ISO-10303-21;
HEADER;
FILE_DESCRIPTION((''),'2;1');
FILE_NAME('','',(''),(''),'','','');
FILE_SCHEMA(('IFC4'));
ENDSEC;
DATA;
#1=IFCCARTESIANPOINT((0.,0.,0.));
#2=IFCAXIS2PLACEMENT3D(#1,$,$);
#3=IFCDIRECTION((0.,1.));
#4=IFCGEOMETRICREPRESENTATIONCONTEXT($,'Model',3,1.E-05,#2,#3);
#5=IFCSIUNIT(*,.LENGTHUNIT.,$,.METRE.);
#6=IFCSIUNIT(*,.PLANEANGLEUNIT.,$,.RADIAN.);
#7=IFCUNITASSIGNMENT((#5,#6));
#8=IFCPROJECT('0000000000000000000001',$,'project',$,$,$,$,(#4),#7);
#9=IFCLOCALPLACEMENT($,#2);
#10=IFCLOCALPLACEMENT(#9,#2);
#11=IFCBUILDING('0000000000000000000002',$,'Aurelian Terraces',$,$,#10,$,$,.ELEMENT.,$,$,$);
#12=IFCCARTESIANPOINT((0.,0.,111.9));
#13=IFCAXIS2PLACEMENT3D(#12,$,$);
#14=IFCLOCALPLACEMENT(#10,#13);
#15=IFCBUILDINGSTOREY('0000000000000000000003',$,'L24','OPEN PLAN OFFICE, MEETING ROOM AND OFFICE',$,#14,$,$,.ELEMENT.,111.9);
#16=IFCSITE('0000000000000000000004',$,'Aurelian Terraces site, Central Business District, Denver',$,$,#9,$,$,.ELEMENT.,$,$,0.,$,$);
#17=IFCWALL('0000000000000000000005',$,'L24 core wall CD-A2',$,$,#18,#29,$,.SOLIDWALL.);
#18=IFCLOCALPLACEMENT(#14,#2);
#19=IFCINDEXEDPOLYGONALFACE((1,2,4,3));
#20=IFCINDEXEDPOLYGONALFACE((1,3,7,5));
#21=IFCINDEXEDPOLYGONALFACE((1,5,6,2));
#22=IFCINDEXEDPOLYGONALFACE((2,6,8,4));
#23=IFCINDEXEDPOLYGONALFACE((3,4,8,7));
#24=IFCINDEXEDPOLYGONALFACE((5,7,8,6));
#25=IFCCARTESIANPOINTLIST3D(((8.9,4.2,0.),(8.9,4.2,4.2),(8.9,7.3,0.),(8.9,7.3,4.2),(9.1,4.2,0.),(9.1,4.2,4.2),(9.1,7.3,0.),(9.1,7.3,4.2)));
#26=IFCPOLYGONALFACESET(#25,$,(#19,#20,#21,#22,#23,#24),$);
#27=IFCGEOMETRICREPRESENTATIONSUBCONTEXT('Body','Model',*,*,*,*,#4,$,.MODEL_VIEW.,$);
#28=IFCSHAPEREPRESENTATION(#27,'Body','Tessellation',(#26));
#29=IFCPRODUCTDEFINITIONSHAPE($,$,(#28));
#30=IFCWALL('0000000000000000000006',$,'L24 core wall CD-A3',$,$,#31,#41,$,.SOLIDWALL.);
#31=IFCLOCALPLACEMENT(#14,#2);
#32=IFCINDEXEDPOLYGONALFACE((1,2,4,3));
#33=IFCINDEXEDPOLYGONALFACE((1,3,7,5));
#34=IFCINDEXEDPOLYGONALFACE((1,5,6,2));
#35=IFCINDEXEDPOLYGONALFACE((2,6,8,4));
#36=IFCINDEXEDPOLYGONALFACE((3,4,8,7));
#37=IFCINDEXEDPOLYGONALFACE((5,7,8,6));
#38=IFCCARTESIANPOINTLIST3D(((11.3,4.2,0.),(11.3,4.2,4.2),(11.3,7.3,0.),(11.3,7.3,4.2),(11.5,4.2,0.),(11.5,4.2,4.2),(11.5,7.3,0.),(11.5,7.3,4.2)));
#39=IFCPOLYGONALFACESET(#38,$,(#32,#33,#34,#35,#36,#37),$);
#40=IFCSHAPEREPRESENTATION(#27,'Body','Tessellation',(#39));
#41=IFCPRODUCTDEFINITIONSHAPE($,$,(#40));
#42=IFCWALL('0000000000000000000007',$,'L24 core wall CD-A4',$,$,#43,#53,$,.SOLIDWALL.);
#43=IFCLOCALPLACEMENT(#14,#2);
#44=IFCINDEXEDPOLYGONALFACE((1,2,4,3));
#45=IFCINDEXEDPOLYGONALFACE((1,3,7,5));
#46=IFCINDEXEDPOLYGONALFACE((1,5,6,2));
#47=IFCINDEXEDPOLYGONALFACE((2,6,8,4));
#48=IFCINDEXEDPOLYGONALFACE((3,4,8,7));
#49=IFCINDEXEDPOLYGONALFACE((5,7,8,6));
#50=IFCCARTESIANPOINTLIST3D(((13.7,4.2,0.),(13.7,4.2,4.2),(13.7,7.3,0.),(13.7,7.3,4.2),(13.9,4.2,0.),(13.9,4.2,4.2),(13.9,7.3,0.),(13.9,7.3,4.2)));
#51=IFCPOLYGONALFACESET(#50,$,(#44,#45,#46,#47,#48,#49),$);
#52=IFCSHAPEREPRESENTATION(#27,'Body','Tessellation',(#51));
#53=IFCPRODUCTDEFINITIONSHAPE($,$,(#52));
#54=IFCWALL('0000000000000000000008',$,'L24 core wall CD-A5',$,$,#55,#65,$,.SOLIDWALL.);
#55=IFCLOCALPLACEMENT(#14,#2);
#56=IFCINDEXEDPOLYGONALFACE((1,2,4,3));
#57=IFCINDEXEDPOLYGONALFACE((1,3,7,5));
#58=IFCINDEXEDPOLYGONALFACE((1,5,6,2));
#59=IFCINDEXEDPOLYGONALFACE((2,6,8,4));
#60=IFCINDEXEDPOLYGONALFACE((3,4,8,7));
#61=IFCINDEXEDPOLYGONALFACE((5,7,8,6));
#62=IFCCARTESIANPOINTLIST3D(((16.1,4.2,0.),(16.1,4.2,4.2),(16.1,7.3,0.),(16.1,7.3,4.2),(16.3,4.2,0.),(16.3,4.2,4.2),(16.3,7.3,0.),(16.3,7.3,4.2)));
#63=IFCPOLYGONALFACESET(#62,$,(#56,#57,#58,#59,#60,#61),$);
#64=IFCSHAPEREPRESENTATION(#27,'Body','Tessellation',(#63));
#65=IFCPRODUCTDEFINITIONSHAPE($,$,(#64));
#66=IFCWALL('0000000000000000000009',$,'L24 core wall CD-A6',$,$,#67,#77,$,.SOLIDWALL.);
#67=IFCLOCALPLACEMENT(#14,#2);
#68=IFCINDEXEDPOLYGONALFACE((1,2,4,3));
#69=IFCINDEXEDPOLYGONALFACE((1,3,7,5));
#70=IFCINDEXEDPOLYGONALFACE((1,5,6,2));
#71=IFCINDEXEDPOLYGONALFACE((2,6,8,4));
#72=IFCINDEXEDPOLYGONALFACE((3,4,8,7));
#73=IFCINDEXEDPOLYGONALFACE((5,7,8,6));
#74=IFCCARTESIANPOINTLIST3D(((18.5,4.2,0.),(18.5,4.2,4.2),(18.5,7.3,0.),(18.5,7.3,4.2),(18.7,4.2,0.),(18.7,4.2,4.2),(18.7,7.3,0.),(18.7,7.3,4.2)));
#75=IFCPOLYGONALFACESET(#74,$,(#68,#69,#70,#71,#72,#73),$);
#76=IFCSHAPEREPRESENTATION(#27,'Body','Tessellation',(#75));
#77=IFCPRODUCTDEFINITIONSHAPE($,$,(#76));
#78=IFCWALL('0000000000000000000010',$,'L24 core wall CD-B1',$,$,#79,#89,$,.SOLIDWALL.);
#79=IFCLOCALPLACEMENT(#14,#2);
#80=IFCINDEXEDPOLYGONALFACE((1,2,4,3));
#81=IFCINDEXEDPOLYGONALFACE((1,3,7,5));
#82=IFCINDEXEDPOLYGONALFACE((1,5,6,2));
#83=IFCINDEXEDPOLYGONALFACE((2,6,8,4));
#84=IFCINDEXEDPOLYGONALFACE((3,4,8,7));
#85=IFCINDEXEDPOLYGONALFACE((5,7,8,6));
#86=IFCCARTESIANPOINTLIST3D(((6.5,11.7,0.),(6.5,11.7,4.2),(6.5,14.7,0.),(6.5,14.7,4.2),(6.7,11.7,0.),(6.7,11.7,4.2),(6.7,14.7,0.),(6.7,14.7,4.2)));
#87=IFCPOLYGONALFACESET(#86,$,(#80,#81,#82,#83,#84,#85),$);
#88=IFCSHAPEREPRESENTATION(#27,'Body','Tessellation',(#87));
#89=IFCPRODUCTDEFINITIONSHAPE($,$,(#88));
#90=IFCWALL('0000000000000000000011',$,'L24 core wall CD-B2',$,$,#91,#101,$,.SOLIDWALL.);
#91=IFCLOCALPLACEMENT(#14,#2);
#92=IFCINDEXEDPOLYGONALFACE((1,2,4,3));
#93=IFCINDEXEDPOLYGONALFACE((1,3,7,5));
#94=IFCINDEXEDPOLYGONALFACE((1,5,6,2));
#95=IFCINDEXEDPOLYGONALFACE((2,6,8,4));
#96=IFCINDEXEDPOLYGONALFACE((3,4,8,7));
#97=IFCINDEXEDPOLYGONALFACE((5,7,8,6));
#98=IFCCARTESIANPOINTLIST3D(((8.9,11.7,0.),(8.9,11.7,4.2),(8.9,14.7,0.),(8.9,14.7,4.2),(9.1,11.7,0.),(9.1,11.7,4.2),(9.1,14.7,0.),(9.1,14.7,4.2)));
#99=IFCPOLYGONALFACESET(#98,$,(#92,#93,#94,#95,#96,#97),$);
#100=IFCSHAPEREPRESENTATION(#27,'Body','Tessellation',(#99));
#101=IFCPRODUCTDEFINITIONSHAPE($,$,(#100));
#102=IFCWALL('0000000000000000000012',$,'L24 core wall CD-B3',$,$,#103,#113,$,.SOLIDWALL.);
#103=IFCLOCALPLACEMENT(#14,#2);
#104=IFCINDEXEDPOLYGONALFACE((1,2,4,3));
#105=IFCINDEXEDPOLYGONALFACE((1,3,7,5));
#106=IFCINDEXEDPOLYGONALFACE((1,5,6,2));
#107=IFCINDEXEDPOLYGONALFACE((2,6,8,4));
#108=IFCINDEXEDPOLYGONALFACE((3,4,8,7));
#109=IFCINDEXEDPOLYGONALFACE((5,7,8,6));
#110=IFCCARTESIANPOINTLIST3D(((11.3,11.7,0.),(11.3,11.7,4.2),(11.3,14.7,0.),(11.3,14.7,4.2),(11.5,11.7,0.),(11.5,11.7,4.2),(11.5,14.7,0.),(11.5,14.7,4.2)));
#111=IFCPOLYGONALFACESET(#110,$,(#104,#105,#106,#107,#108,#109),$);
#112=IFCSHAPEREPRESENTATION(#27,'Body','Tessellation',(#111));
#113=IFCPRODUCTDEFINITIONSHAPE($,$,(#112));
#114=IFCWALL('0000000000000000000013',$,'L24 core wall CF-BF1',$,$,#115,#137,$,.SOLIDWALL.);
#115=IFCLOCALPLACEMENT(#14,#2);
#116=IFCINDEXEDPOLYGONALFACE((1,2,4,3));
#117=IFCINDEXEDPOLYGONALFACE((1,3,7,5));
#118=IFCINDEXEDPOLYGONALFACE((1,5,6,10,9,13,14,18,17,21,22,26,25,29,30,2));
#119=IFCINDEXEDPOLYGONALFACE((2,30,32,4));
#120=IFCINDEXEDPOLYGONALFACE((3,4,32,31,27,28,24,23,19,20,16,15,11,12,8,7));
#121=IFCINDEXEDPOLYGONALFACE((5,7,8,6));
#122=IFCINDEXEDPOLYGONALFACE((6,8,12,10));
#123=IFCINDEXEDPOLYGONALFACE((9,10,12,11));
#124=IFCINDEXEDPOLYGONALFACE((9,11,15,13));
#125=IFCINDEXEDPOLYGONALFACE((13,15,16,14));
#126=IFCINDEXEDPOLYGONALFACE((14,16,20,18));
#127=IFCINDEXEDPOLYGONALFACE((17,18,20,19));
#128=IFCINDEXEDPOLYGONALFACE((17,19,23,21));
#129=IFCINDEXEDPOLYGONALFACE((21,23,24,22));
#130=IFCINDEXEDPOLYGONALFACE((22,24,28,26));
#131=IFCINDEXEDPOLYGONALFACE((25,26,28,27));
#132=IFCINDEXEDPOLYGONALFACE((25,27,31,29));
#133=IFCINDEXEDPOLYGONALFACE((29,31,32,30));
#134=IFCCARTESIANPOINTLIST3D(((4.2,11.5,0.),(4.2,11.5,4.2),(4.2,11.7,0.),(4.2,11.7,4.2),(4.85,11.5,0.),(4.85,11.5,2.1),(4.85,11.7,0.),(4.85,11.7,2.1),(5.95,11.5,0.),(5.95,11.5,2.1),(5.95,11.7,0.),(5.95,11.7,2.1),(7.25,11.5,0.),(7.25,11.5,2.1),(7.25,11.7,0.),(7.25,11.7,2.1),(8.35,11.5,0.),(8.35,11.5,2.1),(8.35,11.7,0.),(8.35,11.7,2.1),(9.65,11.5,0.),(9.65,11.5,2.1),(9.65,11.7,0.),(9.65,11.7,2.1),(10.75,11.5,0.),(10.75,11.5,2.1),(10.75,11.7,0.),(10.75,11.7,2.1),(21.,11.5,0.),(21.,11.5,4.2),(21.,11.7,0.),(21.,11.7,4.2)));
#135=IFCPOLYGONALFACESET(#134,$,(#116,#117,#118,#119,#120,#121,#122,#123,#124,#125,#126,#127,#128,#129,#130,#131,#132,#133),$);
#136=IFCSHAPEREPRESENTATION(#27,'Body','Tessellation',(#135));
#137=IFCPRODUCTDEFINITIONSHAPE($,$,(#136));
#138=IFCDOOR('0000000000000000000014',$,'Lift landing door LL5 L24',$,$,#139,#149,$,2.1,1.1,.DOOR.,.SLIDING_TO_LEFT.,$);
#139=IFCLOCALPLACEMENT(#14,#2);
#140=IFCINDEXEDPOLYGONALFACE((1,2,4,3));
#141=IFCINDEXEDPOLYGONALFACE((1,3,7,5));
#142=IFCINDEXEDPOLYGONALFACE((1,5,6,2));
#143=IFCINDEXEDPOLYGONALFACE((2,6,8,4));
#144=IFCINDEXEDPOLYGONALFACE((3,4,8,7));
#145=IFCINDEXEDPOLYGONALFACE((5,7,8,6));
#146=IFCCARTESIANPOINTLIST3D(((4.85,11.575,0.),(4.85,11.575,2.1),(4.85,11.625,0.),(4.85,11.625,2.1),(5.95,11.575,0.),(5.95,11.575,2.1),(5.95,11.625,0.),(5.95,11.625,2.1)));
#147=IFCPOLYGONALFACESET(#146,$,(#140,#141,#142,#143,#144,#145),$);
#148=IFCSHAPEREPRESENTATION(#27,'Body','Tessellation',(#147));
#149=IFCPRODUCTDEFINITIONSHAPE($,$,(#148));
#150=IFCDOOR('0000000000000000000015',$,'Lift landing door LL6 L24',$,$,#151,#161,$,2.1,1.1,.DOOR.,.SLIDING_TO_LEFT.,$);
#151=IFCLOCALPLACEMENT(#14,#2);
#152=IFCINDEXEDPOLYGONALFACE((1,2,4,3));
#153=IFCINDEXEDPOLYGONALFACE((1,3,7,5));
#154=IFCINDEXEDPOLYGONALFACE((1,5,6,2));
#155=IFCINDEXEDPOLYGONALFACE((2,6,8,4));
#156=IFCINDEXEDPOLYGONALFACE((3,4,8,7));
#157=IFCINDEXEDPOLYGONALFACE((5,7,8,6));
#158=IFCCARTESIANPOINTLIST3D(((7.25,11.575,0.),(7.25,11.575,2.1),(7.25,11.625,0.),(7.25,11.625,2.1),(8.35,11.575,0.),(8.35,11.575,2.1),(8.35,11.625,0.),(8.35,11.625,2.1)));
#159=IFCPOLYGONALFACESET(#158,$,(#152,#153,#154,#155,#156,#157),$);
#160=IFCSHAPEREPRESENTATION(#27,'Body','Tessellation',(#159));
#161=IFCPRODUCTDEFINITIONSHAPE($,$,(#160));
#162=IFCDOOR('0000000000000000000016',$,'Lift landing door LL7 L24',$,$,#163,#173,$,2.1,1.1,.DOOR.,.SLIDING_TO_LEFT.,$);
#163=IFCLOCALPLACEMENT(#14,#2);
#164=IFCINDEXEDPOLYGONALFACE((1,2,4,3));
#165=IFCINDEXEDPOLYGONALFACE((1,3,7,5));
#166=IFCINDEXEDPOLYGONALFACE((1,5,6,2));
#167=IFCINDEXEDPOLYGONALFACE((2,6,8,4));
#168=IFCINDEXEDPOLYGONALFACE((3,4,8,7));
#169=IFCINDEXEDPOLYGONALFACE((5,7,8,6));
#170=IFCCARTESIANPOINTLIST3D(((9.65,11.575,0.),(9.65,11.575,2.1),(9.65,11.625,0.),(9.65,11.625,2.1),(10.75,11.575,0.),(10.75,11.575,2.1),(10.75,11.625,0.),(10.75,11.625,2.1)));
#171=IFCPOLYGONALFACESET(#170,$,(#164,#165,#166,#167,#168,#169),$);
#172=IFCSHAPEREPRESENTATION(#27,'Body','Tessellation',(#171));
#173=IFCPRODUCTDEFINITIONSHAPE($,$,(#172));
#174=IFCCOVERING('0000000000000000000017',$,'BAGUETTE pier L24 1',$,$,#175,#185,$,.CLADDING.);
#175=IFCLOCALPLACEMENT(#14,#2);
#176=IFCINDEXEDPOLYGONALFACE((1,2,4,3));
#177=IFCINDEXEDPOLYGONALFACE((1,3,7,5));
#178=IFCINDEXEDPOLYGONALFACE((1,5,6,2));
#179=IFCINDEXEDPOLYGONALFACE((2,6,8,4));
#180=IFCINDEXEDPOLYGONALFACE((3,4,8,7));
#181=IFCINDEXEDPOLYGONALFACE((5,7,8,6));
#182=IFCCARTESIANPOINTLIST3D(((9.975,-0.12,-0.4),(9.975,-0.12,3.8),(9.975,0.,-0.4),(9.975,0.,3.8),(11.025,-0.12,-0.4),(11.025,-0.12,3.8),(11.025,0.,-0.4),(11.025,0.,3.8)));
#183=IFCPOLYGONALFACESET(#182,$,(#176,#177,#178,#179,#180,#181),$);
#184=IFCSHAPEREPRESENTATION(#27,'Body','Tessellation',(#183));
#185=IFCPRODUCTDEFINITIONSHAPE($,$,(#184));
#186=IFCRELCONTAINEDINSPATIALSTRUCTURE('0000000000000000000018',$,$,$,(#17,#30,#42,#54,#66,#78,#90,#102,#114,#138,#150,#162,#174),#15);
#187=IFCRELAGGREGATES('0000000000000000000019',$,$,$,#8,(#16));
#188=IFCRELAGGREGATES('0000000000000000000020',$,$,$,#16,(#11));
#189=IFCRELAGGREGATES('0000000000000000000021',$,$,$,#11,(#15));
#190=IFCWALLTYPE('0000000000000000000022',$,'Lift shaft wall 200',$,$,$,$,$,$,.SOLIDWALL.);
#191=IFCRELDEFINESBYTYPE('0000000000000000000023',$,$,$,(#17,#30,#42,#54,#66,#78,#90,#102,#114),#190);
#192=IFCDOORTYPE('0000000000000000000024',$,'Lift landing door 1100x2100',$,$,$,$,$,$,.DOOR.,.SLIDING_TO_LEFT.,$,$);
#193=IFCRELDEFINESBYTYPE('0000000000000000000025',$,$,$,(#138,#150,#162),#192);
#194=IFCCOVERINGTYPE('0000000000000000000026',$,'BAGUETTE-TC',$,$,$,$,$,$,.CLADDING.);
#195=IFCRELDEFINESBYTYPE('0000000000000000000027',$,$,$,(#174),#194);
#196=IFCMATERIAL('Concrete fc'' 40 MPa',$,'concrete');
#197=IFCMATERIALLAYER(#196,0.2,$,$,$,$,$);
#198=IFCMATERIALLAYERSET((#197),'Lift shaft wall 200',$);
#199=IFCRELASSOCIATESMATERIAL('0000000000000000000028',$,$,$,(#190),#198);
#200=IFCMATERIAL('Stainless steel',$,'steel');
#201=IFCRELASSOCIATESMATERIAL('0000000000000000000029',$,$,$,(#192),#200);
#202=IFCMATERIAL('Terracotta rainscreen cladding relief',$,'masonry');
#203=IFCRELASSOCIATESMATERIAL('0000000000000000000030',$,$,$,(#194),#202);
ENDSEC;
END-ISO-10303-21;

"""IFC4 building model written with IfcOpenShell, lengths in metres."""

from ifc_helpers import new_model, si_unit, direction, frame, frame_2d, origin, origin_2d, place, context, subcontext, project, spatial, rectangle, extrude, source, transform, mapped, material, layer, layer_set, type_object, element, fill, save


model = new_model("IFC4")

# Units and contexts
model_context = context("Model", 3, precision=1e-05, world=origin(), true_north=direction((0.0, 1.0)))
body_context = subcontext(model_context, "Body", "Model", "MODEL_VIEW")
ifc_project = project(units=[si_unit("LENGTHUNIT", "METRE"), si_unit("PLANEANGLEUNIT", "RADIAN")], contexts=[model_context])

# Site, building, storey
site_placement = place(None, origin())
site = spatial("IfcSite", under=ifc_project, at=site_placement, Name="Aurelian Terraces site, Central Business District, Denver", CompositionType="ELEMENT", RefElevation=0.0)
building_placement = place(site_placement, origin())
building = spatial("IfcBuilding", under=site, at=building_placement, Name="Aurelian Terraces", CompositionType="ELEMENT")
storey_placement = place(building_placement, frame((0.0, 0.0, 111.9)))
storey = spatial("IfcBuildingStorey", under=building, at=storey_placement, Name="L24", Description="OPEN PLAN OFFICE, MEETING ROOM AND OFFICE", CompositionType="ELEMENT", Elevation=111.9)

# Walls
ifc_material_1 = material(Name="Concrete fc' 40 MPa", Category="concrete")
ifc_layer_1 = layer(ifc_material_1, 0.2)
ifc_layer_set_1 = layer_set([ifc_layer_1], Name="Lift shaft wall 200")
wall_type_1 = type_object("IfcWallType", Name="Lift shaft wall 200", PredefinedType="SOLIDWALL", material=ifc_layer_set_1)
shared_shape_1 = source(origin(), body_context, "Body", "SweptSolid", [
    extrude(rectangle(XDim=3.1, YDim=0.2, at=frame_2d((1.55, 0.0))), origin(), (0.0, 0.0, 1.0), 4.2),
])
for number, where, z_axis, x_axis, name in (
    (1, (9.0, 4.2, 0.0), (0.0, 0.0, 1.0), (0.0, 1.0, 0.0), "L24 core wall CD-A2"),
    (2, (11.4, 4.2, 0.0), (0.0, 0.0, 1.0), (0.0, 1.0, 0.0), "L24 core wall CD-A3"),
    (3, (13.8, 4.2, 0.0), (0.0, 0.0, 1.0), (0.0, 1.0, 0.0), "L24 core wall CD-A4"),
    (4, (16.2, 4.2, 0.0), (0.0, 0.0, 1.0), (0.0, 1.0, 0.0), "L24 core wall CD-A5"),
    (5, (18.6, 4.2, 0.0), (0.0, 0.0, 1.0), (0.0, 1.0, 0.0), "L24 core wall CD-A6"),
):
    element("IfcWall", number, at=place(storey_placement, frame(where, z_axis=z_axis, x_axis=x_axis)), inside=storey, type_object=wall_type_1, Name=name, PredefinedType="SOLIDWALL", context=body_context, shape_type="MappedRepresentation", body=[
        mapped(shared_shape_1, transform((0.0, 0.0, 0.0), scale=1.0)),
    ])
shared_shape_2 = source(origin(), body_context, "Body", "SweptSolid", [
    extrude(rectangle(XDim=3.0, YDim=0.2, at=frame_2d((1.5, 0.0))), origin(), (0.0, 0.0, 1.0), 4.2),
])
for number, where, z_axis, x_axis, name in (
    (6, (6.6, 11.7, 0.0), (0.0, 0.0, 1.0), (0.0, 1.0, 0.0), "L24 core wall CD-B1"),
    (7, (9.0, 11.7, 0.0), (0.0, 0.0, 1.0), (0.0, 1.0, 0.0), "L24 core wall CD-B2"),
    (8, (11.4, 11.7, 0.0), (0.0, 0.0, 1.0), (0.0, 1.0, 0.0), "L24 core wall CD-B3"),
):
    element("IfcWall", number, at=place(storey_placement, frame(where, z_axis=z_axis, x_axis=x_axis)), inside=storey, type_object=wall_type_1, Name=name, PredefinedType="SOLIDWALL", context=body_context, shape_type="MappedRepresentation", body=[
        mapped(shared_shape_2, transform((0.0, 0.0, 0.0), scale=1.0)),
    ])

# Wall, openings, doors
shared_shape_3 = source(origin(), body_context, "Body", "SweptSolid", [
    extrude(rectangle(XDim=16.8, YDim=0.2, at=frame_2d((8.4, 0.0))), origin(), (0.0, 0.0, 1.0), 4.2),
])
wall_1_placement = place(storey_placement, frame((4.2, 11.6, 0.0), z_axis=(0.0, 0.0, 1.0), x_axis=(1.0, 0.0, 0.0)))
wall_1 = element("IfcWall", 9, at=wall_1_placement, inside=storey, type_object=wall_type_1, Name="L24 core wall CF-BF1", PredefinedType="SOLIDWALL", context=body_context, shape_type="MappedRepresentation", body=[
    mapped(shared_shape_3, transform((0.0, 0.0, 0.0), scale=1.0)),
])
shared_shape_4 = source(origin(), body_context, "Body", "SweptSolid", [
    extrude(rectangle(XDim=1.1, YDim=2.1, at=frame_2d((0.55, 1.05))), frame((0.0, 0.11, 0.0), z_axis=(0.0, -1.0, 0.0), x_axis=(1.0, 0.0, 0.0)), (0.0, 0.0, 1.0), 0.22),
])
opening_1_placement = place(wall_1_placement, frame((0.65, 0.0, 0.0)))
opening_1 = element("IfcOpeningElement", 10, at=opening_1_placement, cuts=wall_1, PredefinedType="OPENING", context=body_context, shape_type="MappedRepresentation", body=[
    mapped(shared_shape_4, transform((0.0, 0.0, 0.0), scale=1.0)),
])
opening_2_placement = place(wall_1_placement, frame((3.05, 0.0, 0.0)))
opening_2 = element("IfcOpeningElement", 11, at=opening_2_placement, cuts=wall_1, PredefinedType="OPENING", context=body_context, shape_type="MappedRepresentation", body=[
    mapped(shared_shape_4, transform((0.0, 0.0, 0.0), scale=1.0)),
])
opening_3_placement = place(wall_1_placement, frame((5.45, 0.0, 0.0)))
opening_3 = element("IfcOpeningElement", 12, at=opening_3_placement, cuts=wall_1, PredefinedType="OPENING", context=body_context, shape_type="MappedRepresentation", body=[
    mapped(shared_shape_4, transform((0.0, 0.0, 0.0), scale=1.0)),
])
ifc_material_2 = material(Name="Stainless steel", Category="steel")
door_type = type_object("IfcDoorType", Name="Lift landing door 1100x2100", OperationType="SLIDING_TO_LEFT", PredefinedType="DOOR", material=ifc_material_2)
shared_shape_5 = source(origin(), body_context, "Body", "SweptSolid", [
    extrude(rectangle(XDim=1.1, YDim=2.1, at=frame_2d((0.55, 1.05))), frame((0.0, 0.025, 0.0), z_axis=(0.0, -1.0, 0.0), x_axis=(1.0, 0.0, 0.0)), (0.0, 0.0, 1.0), 0.05),
])
door_1_placement = place(opening_1_placement, origin())
door_1 = element("IfcDoor", 13, at=door_1_placement, inside=storey, type_object=door_type, Name="Lift landing door LL5 L24", OperationType="SLIDING_TO_LEFT", OverallHeight=2.1, OverallWidth=1.1, PredefinedType="DOOR", context=body_context, shape_type="MappedRepresentation", body=[
    mapped(shared_shape_5, transform((0.0, 0.0, 0.0), scale=1.0)),
])
fill(opening_1, door_1)
door_2_placement = place(opening_2_placement, origin())
door_2 = element("IfcDoor", 14, at=door_2_placement, inside=storey, type_object=door_type, Name="Lift landing door LL6 L24", OperationType="SLIDING_TO_LEFT", OverallHeight=2.1, OverallWidth=1.1, PredefinedType="DOOR", context=body_context, shape_type="MappedRepresentation", body=[
    mapped(shared_shape_5, transform((0.0, 0.0, 0.0), scale=1.0)),
])
fill(opening_2, door_2)
door_3_placement = place(opening_3_placement, origin())
door_3 = element("IfcDoor", 15, at=door_3_placement, inside=storey, type_object=door_type, Name="Lift landing door LL7 L24", OperationType="SLIDING_TO_LEFT", OverallHeight=2.1, OverallWidth=1.1, PredefinedType="DOOR", context=body_context, shape_type="MappedRepresentation", body=[
    mapped(shared_shape_5, transform((0.0, 0.0, 0.0), scale=1.0)),
])
fill(opening_3, door_3)

# Covering
ifc_material_3 = material(Name="Terracotta rainscreen cladding relief", Category="masonry")
covering_type = type_object("IfcCoveringType", Name="BAGUETTE-TC", PredefinedType="CLADDING", material=ifc_material_3)
shared_shape_6 = source(origin(), body_context, "Body", "SweptSolid", [
    extrude(rectangle(XDim=1.05, YDim=0.12, at=origin_2d()), origin(), (0.0, 0.0, 1.0), 4.2),
])
covering_placement = place(storey_placement, frame((10.5, -0.06, -0.4), z_axis=(0.0, 0.0, 1.0), x_axis=(1.0, 0.0, 0.0)))
element("IfcCovering", 16, at=covering_placement, inside=storey, type_object=covering_type, Name="BAGUETTE pier L24 1", PredefinedType="CLADDING", context=body_context, shape_type="MappedRepresentation", body=[
    mapped(shared_shape_6, transform((0.0, 0.0, 0.0), scale=1.0)),
])

save(model, "model.ifc")
